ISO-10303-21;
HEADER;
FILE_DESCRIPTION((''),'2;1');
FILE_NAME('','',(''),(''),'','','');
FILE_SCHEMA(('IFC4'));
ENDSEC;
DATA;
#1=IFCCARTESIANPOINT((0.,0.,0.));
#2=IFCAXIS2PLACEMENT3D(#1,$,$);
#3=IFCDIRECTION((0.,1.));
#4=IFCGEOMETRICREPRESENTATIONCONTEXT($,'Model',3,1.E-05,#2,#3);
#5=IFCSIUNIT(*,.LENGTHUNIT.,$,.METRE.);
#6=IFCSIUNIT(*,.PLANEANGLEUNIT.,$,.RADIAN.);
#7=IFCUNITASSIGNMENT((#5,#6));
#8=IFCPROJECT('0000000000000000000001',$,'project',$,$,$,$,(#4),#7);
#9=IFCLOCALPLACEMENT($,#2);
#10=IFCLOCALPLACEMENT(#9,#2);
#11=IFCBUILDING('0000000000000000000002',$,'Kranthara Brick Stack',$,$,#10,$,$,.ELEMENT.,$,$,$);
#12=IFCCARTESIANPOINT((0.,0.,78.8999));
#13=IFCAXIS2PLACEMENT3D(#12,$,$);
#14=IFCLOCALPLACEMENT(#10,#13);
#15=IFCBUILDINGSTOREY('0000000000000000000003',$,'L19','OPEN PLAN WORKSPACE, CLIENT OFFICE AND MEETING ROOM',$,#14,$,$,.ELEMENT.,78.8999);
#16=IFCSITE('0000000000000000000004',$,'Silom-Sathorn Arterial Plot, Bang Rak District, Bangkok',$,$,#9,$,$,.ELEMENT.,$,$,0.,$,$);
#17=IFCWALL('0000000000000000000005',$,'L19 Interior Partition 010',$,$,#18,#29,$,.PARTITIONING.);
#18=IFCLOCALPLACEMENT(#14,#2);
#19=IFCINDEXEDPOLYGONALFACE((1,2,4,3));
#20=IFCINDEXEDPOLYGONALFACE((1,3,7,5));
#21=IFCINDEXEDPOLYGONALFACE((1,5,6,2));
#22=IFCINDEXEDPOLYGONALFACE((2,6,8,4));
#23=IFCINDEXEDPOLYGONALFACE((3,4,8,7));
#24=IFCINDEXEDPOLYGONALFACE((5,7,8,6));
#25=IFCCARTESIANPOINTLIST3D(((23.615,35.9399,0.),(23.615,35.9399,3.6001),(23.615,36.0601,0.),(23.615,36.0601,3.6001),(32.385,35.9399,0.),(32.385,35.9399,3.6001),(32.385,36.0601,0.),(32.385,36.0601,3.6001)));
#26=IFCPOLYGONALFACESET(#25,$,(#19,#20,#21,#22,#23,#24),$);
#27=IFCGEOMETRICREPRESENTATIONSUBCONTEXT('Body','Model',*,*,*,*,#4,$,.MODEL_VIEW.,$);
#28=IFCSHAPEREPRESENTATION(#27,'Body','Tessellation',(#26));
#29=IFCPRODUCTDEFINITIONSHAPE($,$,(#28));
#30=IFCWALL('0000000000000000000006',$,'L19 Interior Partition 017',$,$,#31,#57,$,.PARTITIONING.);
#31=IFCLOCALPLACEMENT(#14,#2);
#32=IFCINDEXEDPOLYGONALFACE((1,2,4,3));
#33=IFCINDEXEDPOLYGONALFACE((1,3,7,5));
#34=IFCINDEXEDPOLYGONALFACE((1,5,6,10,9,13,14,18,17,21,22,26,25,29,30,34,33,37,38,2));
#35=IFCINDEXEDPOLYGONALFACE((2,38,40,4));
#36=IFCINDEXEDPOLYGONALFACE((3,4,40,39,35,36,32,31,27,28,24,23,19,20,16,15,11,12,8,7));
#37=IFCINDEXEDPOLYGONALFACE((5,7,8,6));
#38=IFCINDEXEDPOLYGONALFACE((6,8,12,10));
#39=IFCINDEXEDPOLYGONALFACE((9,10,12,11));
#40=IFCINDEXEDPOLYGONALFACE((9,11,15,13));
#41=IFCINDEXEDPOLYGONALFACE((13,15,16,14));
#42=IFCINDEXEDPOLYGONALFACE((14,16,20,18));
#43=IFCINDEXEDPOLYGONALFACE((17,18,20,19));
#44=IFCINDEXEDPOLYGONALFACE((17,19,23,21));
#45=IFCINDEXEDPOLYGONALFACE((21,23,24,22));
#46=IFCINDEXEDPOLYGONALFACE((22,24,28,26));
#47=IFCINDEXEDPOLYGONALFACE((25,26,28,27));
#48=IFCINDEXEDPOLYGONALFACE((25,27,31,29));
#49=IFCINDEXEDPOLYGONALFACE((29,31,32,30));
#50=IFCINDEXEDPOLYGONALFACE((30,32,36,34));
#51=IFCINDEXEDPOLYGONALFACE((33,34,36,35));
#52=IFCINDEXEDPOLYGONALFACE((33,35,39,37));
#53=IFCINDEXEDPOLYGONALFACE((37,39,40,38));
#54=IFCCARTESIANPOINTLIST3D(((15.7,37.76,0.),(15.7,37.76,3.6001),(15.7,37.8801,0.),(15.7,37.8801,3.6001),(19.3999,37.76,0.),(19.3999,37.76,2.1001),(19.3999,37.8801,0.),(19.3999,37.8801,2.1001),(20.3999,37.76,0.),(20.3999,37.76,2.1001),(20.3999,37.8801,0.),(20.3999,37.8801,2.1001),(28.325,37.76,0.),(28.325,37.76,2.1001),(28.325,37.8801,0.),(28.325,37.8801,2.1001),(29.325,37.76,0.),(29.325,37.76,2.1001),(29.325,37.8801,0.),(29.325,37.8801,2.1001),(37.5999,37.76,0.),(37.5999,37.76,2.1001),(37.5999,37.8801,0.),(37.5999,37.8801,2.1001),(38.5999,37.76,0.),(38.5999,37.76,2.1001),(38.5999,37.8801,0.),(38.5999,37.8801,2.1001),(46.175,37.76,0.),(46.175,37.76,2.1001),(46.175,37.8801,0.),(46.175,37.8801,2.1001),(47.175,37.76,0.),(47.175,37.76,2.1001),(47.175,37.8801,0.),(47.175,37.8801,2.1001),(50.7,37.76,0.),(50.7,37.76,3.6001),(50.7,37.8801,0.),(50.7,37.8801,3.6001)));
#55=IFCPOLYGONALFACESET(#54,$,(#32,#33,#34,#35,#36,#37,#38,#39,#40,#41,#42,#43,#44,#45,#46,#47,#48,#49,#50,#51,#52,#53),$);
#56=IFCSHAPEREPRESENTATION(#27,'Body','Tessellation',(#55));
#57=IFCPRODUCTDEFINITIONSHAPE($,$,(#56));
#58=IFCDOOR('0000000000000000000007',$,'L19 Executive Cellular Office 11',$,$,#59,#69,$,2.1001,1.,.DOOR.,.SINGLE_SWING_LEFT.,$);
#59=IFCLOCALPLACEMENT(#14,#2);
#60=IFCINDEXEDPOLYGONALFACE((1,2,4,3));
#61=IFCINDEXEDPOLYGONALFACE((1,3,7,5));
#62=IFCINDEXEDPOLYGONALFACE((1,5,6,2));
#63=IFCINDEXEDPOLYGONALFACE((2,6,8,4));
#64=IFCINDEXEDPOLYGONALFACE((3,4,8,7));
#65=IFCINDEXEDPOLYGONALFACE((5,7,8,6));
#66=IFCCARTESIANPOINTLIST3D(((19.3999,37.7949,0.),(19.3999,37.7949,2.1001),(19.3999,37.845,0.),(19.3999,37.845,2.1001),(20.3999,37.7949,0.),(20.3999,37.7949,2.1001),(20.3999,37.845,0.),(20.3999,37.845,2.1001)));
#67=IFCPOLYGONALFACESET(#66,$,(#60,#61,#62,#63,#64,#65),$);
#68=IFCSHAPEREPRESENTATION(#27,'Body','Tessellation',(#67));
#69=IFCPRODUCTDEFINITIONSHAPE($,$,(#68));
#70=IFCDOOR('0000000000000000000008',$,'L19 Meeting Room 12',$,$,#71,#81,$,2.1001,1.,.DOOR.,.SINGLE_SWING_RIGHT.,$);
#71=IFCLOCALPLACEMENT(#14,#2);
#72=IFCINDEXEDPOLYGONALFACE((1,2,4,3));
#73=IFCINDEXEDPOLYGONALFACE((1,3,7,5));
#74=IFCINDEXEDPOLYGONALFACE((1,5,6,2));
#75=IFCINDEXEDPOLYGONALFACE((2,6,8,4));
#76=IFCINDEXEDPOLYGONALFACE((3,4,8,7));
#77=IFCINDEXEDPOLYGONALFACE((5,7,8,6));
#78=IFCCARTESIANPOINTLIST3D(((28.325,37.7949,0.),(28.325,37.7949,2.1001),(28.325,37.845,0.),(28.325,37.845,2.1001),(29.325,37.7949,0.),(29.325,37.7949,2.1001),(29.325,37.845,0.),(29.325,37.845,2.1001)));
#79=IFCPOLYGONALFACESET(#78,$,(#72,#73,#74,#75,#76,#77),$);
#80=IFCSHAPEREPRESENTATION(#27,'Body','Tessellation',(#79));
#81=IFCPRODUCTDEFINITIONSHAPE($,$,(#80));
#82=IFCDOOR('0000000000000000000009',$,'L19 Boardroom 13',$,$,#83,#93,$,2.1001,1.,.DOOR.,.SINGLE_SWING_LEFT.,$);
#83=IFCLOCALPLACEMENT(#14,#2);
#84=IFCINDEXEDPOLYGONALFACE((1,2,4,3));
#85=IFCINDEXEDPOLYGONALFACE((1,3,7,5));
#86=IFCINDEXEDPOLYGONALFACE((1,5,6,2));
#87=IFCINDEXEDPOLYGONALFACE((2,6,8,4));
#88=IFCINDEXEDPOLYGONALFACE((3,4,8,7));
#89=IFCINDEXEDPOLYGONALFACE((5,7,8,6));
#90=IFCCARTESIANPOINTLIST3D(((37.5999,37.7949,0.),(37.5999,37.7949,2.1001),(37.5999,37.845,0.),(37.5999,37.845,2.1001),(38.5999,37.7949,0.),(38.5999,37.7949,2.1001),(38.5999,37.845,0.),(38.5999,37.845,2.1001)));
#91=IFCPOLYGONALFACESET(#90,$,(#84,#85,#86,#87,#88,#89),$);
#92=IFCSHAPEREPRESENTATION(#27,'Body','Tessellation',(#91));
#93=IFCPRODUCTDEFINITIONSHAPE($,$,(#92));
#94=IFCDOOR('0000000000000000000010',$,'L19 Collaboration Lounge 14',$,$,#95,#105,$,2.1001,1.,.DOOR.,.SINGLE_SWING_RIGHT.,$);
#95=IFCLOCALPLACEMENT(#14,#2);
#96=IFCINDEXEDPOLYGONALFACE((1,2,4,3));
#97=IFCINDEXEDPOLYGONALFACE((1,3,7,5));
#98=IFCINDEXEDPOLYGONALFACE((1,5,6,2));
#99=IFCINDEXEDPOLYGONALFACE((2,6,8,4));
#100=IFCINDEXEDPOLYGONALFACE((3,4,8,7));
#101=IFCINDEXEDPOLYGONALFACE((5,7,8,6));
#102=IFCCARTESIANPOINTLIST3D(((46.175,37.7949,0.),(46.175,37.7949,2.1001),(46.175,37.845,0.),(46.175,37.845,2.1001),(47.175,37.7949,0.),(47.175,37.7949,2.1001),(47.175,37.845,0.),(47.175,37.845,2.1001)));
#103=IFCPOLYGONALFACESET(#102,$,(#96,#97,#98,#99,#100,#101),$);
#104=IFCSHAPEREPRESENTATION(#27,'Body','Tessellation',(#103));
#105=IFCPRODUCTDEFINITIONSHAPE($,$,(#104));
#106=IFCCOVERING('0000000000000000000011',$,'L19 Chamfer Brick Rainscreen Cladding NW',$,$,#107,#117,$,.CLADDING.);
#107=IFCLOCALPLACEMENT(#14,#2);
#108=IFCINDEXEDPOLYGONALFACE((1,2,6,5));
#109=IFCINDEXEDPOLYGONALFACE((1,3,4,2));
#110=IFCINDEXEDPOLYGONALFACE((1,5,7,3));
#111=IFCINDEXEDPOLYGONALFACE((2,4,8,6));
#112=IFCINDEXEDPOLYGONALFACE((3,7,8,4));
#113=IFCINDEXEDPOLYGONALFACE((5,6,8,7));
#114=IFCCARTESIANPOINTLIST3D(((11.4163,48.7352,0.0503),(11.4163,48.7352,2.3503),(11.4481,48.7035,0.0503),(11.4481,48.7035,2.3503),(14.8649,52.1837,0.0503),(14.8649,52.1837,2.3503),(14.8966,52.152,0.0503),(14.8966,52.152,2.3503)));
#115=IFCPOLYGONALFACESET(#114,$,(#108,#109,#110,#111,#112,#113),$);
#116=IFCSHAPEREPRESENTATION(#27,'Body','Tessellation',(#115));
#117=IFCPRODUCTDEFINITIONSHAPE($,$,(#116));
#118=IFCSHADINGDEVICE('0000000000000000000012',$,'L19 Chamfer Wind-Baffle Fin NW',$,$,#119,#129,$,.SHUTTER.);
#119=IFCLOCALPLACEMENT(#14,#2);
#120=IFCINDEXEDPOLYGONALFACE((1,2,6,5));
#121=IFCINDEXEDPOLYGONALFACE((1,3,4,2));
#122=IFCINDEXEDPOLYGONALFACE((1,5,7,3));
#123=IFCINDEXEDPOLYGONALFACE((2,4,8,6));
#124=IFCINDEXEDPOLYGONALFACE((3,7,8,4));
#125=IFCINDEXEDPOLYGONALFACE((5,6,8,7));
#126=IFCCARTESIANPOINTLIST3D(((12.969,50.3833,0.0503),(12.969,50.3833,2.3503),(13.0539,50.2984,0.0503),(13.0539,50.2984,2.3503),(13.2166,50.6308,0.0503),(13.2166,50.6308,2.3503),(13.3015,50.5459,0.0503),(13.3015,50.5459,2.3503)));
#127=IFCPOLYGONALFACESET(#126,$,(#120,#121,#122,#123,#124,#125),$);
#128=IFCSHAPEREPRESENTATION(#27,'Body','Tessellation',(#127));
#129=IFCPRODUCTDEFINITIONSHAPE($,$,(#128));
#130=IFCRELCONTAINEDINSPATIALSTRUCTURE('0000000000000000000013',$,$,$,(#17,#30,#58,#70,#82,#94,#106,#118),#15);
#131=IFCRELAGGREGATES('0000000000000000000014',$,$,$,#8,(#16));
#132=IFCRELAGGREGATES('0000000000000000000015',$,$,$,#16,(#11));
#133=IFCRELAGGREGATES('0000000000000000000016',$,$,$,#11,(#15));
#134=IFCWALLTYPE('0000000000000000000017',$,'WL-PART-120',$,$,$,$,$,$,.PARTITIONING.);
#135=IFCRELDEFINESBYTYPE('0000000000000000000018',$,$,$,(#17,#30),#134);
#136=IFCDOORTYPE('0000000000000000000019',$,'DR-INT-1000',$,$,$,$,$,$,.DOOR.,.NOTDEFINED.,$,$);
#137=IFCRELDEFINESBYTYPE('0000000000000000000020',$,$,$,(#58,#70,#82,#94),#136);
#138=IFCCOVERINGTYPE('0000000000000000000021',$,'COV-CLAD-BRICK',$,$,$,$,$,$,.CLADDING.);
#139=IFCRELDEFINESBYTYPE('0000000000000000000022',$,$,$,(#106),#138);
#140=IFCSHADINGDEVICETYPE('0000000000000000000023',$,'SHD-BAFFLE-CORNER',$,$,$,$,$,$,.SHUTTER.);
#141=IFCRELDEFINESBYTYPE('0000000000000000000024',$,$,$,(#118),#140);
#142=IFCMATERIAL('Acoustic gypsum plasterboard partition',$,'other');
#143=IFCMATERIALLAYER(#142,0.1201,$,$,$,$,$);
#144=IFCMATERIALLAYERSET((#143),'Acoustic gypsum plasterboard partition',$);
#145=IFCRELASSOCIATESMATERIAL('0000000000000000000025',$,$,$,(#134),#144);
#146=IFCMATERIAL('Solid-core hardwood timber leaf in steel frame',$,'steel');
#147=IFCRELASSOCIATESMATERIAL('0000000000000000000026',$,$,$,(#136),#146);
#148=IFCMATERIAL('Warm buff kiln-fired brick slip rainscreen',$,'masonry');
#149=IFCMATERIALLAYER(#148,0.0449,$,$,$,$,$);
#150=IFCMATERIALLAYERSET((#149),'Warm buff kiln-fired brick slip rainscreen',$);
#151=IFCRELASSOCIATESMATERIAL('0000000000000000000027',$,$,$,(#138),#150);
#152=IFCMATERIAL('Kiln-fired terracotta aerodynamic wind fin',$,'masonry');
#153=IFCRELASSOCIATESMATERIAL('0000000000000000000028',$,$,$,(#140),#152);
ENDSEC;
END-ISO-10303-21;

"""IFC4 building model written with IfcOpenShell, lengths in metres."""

from ifc_helpers import new_model, si_unit, direction, frame, frame_2d, origin, origin_2d, place, context, subcontext, project, spatial, rectangle, extrude, material, layer, layer_set, type_object, element, fill, save


model = new_model("IFC4")

# Units and contexts
model_context = context("Model", 3, precision=1e-05, world=origin(), true_north=direction((0.0, 1.0)))
body_context = subcontext(model_context, "Body", "Model", "MODEL_VIEW")
ifc_project = project(units=[si_unit("LENGTHUNIT", "METRE"), si_unit("PLANEANGLEUNIT", "RADIAN")], contexts=[model_context])

# Site, building, storey
site_placement = place(None, origin())
site = spatial("IfcSite", under=ifc_project, at=site_placement, Name="Silom-Sathorn Arterial Plot, Bang Rak District, Bangkok", CompositionType="ELEMENT", RefElevation=0.0)
building_placement = place(site_placement, origin())
building = spatial("IfcBuilding", under=site, at=building_placement, Name="Kranthara Brick Stack", CompositionType="ELEMENT")
storey_placement = place(building_placement, frame((0.0, 0.0, 78.8999)))
storey = spatial("IfcBuildingStorey", under=building, at=storey_placement, Name="L19", Description="OPEN PLAN WORKSPACE, CLIENT OFFICE AND MEETING ROOM", CompositionType="ELEMENT", Elevation=78.8999)

# Wall
ifc_material_1 = material(Name="Acoustic gypsum plasterboard partition", Category="other")
ifc_layer_1 = layer(ifc_material_1, 0.1201)
ifc_layer_set_1 = layer_set([ifc_layer_1], Name="Acoustic gypsum plasterboard partition")
wall_type_1 = type_object("IfcWallType", Name="WL-PART-120", PredefinedType="PARTITIONING", material=ifc_layer_set_1)
wall_1_placement = place(storey_placement, frame((23.615, 36.0, 0.0), z_axis=(0.0, 0.0, 1.0), x_axis=(1.0, 0.0, 0.0)))
element("IfcWall", 1, at=wall_1_placement, inside=storey, type_object=wall_type_1, Name="L19 Interior Partition 010", PredefinedType="PARTITIONING", context=body_context, shape_type="SweptSolid", body=[
    extrude(rectangle(XDim=8.77, YDim=0.1201, at=frame_2d((4.385, 0.0))), origin(), (0.0, 0.0, 1.0), 3.6001),
])

# Wall, openings, doors
wall_2_placement = place(storey_placement, frame((15.7, 37.8201, 0.0), z_axis=(0.0, 0.0, 1.0), x_axis=(1.0, 0.0, 0.0)))
wall_2 = element("IfcWall", 2, at=wall_2_placement, inside=storey, type_object=wall_type_1, Name="L19 Interior Partition 017", PredefinedType="PARTITIONING", context=body_context, shape_type="SweptSolid", body=[
    extrude(rectangle(XDim=35.0, YDim=0.1201, at=frame_2d((17.5, 0.0))), origin(), (0.0, 0.0, 1.0), 3.6001),
])
opening_1_placement = place(wall_2_placement, frame((3.7, 0.0, 0.0)))
opening_1 = element("IfcOpeningElement", 3, at=opening_1_placement, cuts=wall_2, PredefinedType="OPENING", context=body_context, shape_type="SweptSolid", body=[
    extrude(rectangle(XDim=1.0, YDim=2.1001, at=frame_2d((0.5, 1.05))), frame((0.0, 0.0701, 0.0), z_axis=(0.0, -1.0, 0.0), x_axis=(1.0, 0.0, 0.0)), (0.0, 0.0, 1.0), 0.1401),
])
opening_2_placement = place(wall_2_placement, frame((12.625, 0.0, 0.0)))
opening_2 = element("IfcOpeningElement", 4, at=opening_2_placement, cuts=wall_2, PredefinedType="OPENING", context=body_context, shape_type="SweptSolid", body=[
    extrude(rectangle(XDim=1.0, YDim=2.1001, at=frame_2d((0.5, 1.05))), frame((0.0, 0.0701, 0.0), z_axis=(0.0, -1.0, 0.0), x_axis=(1.0, 0.0, 0.0)), (0.0, 0.0, 1.0), 0.1401),
])
opening_3_placement = place(wall_2_placement, frame((21.8999, 0.0, 0.0)))
opening_3 = element("IfcOpeningElement", 5, at=opening_3_placement, cuts=wall_2, PredefinedType="OPENING", context=body_context, shape_type="SweptSolid", body=[
    extrude(rectangle(XDim=1.0, YDim=2.1001, at=frame_2d((0.5, 1.05))), frame((0.0, 0.0701, 0.0), z_axis=(0.0, -1.0, 0.0), x_axis=(1.0, 0.0, 0.0)), (0.0, 0.0, 1.0), 0.1401),
])
opening_4_placement = place(wall_2_placement, frame((30.4751, 0.0, 0.0)))
opening_4 = element("IfcOpeningElement", 6, at=opening_4_placement, cuts=wall_2, PredefinedType="OPENING", context=body_context, shape_type="SweptSolid", body=[
    extrude(rectangle(XDim=1.0, YDim=2.1001, at=frame_2d((0.5, 1.05))), frame((0.0, 0.0701, 0.0), z_axis=(0.0, -1.0, 0.0), x_axis=(1.0, 0.0, 0.0)), (0.0, 0.0, 1.0), 0.1401),
])
ifc_material_2 = material(Name="Solid-core hardwood timber leaf in steel frame", Category="steel")
door_type_1 = type_object("IfcDoorType", Name="DR-INT-1000", OperationType="NOTDEFINED", PredefinedType="DOOR", material=ifc_material_2)
door_1_placement = place(opening_1_placement, origin())
door_1 = element("IfcDoor", 7, at=door_1_placement, inside=storey, type_object=door_type_1, Name="L19 Executive Cellular Office 11", OperationType="SINGLE_SWING_LEFT", OverallHeight=2.1001, OverallWidth=1.0, PredefinedType="DOOR", context=body_context, shape_type="SweptSolid", body=[
    extrude(rectangle(XDim=1.0, YDim=2.1001, at=frame_2d((0.5, 1.05))), frame((0.0, 0.0249, 0.0), z_axis=(0.0, -1.0, 0.0), x_axis=(1.0, 0.0, 0.0)), (0.0, 0.0, 1.0), 0.05),
])
fill(opening_1, door_1)
door_2_placement = place(opening_2_placement, origin())
door_2 = element("IfcDoor", 8, at=door_2_placement, inside=storey, type_object=door_type_1, Name="L19 Meeting Room 12", OperationType="SINGLE_SWING_RIGHT", OverallHeight=2.1001, OverallWidth=1.0, PredefinedType="DOOR", context=body_context, shape_type="SweptSolid", body=[
    extrude(rectangle(XDim=1.0, YDim=2.1001, at=frame_2d((0.5, 1.05))), frame((0.0, 0.0249, 0.0), z_axis=(0.0, -1.0, 0.0), x_axis=(1.0, 0.0, 0.0)), (0.0, 0.0, 1.0), 0.05),
])
fill(opening_2, door_2)
door_3_placement = place(opening_3_placement, origin())
door_3 = element("IfcDoor", 9, at=door_3_placement, inside=storey, type_object=door_type_1, Name="L19 Boardroom 13", OperationType="SINGLE_SWING_LEFT", OverallHeight=2.1001, OverallWidth=1.0, PredefinedType="DOOR", context=body_context, shape_type="SweptSolid", body=[
    extrude(rectangle(XDim=1.0, YDim=2.1001, at=frame_2d((0.5, 1.05))), frame((0.0, 0.0249, 0.0), z_axis=(0.0, -1.0, 0.0), x_axis=(1.0, 0.0, 0.0)), (0.0, 0.0, 1.0), 0.05),
])
fill(opening_3, door_3)
door_4_placement = place(opening_4_placement, origin())
door_4 = element("IfcDoor", 10, at=door_4_placement, inside=storey, type_object=door_type_1, Name="L19 Collaboration Lounge 14", OperationType="SINGLE_SWING_RIGHT", OverallHeight=2.1001, OverallWidth=1.0, PredefinedType="DOOR", context=body_context, shape_type="SweptSolid", body=[
    extrude(rectangle(XDim=1.0, YDim=2.1001, at=frame_2d((0.5, 1.05))), frame((0.0, 0.0249, 0.0), z_axis=(0.0, -1.0, 0.0), x_axis=(1.0, 0.0, 0.0)), (0.0, 0.0, 1.0), 0.05),
])
fill(opening_4, door_4)

# Covering
ifc_material_3 = material(Name="Warm buff kiln-fired brick slip rainscreen", Category="masonry")
ifc_layer_2 = layer(ifc_material_3, 0.0449)
ifc_layer_set_2 = layer_set([ifc_layer_2], Name="Warm buff kiln-fired brick slip rainscreen")
covering_type = type_object("IfcCoveringType", Name="COV-CLAD-BRICK", PredefinedType="CLADDING", material=ifc_layer_set_2)
covering_placement = place(storey_placement, frame((13.1565, 50.4436, 0.0503), z_axis=(0.0, 0.0, 1.0), x_axis=(0.707107, 0.707107, 0.0)))
element("IfcCovering", 11, at=covering_placement, inside=storey, type_object=covering_type, Name="L19 Chamfer Brick Rainscreen Cladding NW", PredefinedType="CLADDING", context=body_context, shape_type="SweptSolid", body=[
    extrude(rectangle(XDim=4.877, YDim=0.0449, at=origin_2d()), origin(), (0.0, 0.0, 1.0), 2.3),
])

# Shading device
ifc_material_4 = material(Name="Kiln-fired terracotta aerodynamic wind fin", Category="masonry")
shading_device_type = type_object("IfcShadingDeviceType", Name="SHD-BAFFLE-CORNER", PredefinedType="SHUTTER", material=ifc_material_4)
shading_device_placement = place(storey_placement, frame((13.1353, 50.4646, 0.0503), z_axis=(0.0, 0.0, 1.0), x_axis=(0.707107, 0.707107, 0.0)))
element("IfcShadingDevice", 12, at=shading_device_placement, inside=storey, type_object=shading_device_type, Name="L19 Chamfer Wind-Baffle Fin NW", PredefinedType="SHUTTER", context=body_context, shape_type="SweptSolid", body=[
    extrude(rectangle(XDim=0.3501, YDim=0.1201, at=origin_2d()), origin(), (0.0, 0.0, 1.0), 2.3),
])

save(model, "model.ifc")
